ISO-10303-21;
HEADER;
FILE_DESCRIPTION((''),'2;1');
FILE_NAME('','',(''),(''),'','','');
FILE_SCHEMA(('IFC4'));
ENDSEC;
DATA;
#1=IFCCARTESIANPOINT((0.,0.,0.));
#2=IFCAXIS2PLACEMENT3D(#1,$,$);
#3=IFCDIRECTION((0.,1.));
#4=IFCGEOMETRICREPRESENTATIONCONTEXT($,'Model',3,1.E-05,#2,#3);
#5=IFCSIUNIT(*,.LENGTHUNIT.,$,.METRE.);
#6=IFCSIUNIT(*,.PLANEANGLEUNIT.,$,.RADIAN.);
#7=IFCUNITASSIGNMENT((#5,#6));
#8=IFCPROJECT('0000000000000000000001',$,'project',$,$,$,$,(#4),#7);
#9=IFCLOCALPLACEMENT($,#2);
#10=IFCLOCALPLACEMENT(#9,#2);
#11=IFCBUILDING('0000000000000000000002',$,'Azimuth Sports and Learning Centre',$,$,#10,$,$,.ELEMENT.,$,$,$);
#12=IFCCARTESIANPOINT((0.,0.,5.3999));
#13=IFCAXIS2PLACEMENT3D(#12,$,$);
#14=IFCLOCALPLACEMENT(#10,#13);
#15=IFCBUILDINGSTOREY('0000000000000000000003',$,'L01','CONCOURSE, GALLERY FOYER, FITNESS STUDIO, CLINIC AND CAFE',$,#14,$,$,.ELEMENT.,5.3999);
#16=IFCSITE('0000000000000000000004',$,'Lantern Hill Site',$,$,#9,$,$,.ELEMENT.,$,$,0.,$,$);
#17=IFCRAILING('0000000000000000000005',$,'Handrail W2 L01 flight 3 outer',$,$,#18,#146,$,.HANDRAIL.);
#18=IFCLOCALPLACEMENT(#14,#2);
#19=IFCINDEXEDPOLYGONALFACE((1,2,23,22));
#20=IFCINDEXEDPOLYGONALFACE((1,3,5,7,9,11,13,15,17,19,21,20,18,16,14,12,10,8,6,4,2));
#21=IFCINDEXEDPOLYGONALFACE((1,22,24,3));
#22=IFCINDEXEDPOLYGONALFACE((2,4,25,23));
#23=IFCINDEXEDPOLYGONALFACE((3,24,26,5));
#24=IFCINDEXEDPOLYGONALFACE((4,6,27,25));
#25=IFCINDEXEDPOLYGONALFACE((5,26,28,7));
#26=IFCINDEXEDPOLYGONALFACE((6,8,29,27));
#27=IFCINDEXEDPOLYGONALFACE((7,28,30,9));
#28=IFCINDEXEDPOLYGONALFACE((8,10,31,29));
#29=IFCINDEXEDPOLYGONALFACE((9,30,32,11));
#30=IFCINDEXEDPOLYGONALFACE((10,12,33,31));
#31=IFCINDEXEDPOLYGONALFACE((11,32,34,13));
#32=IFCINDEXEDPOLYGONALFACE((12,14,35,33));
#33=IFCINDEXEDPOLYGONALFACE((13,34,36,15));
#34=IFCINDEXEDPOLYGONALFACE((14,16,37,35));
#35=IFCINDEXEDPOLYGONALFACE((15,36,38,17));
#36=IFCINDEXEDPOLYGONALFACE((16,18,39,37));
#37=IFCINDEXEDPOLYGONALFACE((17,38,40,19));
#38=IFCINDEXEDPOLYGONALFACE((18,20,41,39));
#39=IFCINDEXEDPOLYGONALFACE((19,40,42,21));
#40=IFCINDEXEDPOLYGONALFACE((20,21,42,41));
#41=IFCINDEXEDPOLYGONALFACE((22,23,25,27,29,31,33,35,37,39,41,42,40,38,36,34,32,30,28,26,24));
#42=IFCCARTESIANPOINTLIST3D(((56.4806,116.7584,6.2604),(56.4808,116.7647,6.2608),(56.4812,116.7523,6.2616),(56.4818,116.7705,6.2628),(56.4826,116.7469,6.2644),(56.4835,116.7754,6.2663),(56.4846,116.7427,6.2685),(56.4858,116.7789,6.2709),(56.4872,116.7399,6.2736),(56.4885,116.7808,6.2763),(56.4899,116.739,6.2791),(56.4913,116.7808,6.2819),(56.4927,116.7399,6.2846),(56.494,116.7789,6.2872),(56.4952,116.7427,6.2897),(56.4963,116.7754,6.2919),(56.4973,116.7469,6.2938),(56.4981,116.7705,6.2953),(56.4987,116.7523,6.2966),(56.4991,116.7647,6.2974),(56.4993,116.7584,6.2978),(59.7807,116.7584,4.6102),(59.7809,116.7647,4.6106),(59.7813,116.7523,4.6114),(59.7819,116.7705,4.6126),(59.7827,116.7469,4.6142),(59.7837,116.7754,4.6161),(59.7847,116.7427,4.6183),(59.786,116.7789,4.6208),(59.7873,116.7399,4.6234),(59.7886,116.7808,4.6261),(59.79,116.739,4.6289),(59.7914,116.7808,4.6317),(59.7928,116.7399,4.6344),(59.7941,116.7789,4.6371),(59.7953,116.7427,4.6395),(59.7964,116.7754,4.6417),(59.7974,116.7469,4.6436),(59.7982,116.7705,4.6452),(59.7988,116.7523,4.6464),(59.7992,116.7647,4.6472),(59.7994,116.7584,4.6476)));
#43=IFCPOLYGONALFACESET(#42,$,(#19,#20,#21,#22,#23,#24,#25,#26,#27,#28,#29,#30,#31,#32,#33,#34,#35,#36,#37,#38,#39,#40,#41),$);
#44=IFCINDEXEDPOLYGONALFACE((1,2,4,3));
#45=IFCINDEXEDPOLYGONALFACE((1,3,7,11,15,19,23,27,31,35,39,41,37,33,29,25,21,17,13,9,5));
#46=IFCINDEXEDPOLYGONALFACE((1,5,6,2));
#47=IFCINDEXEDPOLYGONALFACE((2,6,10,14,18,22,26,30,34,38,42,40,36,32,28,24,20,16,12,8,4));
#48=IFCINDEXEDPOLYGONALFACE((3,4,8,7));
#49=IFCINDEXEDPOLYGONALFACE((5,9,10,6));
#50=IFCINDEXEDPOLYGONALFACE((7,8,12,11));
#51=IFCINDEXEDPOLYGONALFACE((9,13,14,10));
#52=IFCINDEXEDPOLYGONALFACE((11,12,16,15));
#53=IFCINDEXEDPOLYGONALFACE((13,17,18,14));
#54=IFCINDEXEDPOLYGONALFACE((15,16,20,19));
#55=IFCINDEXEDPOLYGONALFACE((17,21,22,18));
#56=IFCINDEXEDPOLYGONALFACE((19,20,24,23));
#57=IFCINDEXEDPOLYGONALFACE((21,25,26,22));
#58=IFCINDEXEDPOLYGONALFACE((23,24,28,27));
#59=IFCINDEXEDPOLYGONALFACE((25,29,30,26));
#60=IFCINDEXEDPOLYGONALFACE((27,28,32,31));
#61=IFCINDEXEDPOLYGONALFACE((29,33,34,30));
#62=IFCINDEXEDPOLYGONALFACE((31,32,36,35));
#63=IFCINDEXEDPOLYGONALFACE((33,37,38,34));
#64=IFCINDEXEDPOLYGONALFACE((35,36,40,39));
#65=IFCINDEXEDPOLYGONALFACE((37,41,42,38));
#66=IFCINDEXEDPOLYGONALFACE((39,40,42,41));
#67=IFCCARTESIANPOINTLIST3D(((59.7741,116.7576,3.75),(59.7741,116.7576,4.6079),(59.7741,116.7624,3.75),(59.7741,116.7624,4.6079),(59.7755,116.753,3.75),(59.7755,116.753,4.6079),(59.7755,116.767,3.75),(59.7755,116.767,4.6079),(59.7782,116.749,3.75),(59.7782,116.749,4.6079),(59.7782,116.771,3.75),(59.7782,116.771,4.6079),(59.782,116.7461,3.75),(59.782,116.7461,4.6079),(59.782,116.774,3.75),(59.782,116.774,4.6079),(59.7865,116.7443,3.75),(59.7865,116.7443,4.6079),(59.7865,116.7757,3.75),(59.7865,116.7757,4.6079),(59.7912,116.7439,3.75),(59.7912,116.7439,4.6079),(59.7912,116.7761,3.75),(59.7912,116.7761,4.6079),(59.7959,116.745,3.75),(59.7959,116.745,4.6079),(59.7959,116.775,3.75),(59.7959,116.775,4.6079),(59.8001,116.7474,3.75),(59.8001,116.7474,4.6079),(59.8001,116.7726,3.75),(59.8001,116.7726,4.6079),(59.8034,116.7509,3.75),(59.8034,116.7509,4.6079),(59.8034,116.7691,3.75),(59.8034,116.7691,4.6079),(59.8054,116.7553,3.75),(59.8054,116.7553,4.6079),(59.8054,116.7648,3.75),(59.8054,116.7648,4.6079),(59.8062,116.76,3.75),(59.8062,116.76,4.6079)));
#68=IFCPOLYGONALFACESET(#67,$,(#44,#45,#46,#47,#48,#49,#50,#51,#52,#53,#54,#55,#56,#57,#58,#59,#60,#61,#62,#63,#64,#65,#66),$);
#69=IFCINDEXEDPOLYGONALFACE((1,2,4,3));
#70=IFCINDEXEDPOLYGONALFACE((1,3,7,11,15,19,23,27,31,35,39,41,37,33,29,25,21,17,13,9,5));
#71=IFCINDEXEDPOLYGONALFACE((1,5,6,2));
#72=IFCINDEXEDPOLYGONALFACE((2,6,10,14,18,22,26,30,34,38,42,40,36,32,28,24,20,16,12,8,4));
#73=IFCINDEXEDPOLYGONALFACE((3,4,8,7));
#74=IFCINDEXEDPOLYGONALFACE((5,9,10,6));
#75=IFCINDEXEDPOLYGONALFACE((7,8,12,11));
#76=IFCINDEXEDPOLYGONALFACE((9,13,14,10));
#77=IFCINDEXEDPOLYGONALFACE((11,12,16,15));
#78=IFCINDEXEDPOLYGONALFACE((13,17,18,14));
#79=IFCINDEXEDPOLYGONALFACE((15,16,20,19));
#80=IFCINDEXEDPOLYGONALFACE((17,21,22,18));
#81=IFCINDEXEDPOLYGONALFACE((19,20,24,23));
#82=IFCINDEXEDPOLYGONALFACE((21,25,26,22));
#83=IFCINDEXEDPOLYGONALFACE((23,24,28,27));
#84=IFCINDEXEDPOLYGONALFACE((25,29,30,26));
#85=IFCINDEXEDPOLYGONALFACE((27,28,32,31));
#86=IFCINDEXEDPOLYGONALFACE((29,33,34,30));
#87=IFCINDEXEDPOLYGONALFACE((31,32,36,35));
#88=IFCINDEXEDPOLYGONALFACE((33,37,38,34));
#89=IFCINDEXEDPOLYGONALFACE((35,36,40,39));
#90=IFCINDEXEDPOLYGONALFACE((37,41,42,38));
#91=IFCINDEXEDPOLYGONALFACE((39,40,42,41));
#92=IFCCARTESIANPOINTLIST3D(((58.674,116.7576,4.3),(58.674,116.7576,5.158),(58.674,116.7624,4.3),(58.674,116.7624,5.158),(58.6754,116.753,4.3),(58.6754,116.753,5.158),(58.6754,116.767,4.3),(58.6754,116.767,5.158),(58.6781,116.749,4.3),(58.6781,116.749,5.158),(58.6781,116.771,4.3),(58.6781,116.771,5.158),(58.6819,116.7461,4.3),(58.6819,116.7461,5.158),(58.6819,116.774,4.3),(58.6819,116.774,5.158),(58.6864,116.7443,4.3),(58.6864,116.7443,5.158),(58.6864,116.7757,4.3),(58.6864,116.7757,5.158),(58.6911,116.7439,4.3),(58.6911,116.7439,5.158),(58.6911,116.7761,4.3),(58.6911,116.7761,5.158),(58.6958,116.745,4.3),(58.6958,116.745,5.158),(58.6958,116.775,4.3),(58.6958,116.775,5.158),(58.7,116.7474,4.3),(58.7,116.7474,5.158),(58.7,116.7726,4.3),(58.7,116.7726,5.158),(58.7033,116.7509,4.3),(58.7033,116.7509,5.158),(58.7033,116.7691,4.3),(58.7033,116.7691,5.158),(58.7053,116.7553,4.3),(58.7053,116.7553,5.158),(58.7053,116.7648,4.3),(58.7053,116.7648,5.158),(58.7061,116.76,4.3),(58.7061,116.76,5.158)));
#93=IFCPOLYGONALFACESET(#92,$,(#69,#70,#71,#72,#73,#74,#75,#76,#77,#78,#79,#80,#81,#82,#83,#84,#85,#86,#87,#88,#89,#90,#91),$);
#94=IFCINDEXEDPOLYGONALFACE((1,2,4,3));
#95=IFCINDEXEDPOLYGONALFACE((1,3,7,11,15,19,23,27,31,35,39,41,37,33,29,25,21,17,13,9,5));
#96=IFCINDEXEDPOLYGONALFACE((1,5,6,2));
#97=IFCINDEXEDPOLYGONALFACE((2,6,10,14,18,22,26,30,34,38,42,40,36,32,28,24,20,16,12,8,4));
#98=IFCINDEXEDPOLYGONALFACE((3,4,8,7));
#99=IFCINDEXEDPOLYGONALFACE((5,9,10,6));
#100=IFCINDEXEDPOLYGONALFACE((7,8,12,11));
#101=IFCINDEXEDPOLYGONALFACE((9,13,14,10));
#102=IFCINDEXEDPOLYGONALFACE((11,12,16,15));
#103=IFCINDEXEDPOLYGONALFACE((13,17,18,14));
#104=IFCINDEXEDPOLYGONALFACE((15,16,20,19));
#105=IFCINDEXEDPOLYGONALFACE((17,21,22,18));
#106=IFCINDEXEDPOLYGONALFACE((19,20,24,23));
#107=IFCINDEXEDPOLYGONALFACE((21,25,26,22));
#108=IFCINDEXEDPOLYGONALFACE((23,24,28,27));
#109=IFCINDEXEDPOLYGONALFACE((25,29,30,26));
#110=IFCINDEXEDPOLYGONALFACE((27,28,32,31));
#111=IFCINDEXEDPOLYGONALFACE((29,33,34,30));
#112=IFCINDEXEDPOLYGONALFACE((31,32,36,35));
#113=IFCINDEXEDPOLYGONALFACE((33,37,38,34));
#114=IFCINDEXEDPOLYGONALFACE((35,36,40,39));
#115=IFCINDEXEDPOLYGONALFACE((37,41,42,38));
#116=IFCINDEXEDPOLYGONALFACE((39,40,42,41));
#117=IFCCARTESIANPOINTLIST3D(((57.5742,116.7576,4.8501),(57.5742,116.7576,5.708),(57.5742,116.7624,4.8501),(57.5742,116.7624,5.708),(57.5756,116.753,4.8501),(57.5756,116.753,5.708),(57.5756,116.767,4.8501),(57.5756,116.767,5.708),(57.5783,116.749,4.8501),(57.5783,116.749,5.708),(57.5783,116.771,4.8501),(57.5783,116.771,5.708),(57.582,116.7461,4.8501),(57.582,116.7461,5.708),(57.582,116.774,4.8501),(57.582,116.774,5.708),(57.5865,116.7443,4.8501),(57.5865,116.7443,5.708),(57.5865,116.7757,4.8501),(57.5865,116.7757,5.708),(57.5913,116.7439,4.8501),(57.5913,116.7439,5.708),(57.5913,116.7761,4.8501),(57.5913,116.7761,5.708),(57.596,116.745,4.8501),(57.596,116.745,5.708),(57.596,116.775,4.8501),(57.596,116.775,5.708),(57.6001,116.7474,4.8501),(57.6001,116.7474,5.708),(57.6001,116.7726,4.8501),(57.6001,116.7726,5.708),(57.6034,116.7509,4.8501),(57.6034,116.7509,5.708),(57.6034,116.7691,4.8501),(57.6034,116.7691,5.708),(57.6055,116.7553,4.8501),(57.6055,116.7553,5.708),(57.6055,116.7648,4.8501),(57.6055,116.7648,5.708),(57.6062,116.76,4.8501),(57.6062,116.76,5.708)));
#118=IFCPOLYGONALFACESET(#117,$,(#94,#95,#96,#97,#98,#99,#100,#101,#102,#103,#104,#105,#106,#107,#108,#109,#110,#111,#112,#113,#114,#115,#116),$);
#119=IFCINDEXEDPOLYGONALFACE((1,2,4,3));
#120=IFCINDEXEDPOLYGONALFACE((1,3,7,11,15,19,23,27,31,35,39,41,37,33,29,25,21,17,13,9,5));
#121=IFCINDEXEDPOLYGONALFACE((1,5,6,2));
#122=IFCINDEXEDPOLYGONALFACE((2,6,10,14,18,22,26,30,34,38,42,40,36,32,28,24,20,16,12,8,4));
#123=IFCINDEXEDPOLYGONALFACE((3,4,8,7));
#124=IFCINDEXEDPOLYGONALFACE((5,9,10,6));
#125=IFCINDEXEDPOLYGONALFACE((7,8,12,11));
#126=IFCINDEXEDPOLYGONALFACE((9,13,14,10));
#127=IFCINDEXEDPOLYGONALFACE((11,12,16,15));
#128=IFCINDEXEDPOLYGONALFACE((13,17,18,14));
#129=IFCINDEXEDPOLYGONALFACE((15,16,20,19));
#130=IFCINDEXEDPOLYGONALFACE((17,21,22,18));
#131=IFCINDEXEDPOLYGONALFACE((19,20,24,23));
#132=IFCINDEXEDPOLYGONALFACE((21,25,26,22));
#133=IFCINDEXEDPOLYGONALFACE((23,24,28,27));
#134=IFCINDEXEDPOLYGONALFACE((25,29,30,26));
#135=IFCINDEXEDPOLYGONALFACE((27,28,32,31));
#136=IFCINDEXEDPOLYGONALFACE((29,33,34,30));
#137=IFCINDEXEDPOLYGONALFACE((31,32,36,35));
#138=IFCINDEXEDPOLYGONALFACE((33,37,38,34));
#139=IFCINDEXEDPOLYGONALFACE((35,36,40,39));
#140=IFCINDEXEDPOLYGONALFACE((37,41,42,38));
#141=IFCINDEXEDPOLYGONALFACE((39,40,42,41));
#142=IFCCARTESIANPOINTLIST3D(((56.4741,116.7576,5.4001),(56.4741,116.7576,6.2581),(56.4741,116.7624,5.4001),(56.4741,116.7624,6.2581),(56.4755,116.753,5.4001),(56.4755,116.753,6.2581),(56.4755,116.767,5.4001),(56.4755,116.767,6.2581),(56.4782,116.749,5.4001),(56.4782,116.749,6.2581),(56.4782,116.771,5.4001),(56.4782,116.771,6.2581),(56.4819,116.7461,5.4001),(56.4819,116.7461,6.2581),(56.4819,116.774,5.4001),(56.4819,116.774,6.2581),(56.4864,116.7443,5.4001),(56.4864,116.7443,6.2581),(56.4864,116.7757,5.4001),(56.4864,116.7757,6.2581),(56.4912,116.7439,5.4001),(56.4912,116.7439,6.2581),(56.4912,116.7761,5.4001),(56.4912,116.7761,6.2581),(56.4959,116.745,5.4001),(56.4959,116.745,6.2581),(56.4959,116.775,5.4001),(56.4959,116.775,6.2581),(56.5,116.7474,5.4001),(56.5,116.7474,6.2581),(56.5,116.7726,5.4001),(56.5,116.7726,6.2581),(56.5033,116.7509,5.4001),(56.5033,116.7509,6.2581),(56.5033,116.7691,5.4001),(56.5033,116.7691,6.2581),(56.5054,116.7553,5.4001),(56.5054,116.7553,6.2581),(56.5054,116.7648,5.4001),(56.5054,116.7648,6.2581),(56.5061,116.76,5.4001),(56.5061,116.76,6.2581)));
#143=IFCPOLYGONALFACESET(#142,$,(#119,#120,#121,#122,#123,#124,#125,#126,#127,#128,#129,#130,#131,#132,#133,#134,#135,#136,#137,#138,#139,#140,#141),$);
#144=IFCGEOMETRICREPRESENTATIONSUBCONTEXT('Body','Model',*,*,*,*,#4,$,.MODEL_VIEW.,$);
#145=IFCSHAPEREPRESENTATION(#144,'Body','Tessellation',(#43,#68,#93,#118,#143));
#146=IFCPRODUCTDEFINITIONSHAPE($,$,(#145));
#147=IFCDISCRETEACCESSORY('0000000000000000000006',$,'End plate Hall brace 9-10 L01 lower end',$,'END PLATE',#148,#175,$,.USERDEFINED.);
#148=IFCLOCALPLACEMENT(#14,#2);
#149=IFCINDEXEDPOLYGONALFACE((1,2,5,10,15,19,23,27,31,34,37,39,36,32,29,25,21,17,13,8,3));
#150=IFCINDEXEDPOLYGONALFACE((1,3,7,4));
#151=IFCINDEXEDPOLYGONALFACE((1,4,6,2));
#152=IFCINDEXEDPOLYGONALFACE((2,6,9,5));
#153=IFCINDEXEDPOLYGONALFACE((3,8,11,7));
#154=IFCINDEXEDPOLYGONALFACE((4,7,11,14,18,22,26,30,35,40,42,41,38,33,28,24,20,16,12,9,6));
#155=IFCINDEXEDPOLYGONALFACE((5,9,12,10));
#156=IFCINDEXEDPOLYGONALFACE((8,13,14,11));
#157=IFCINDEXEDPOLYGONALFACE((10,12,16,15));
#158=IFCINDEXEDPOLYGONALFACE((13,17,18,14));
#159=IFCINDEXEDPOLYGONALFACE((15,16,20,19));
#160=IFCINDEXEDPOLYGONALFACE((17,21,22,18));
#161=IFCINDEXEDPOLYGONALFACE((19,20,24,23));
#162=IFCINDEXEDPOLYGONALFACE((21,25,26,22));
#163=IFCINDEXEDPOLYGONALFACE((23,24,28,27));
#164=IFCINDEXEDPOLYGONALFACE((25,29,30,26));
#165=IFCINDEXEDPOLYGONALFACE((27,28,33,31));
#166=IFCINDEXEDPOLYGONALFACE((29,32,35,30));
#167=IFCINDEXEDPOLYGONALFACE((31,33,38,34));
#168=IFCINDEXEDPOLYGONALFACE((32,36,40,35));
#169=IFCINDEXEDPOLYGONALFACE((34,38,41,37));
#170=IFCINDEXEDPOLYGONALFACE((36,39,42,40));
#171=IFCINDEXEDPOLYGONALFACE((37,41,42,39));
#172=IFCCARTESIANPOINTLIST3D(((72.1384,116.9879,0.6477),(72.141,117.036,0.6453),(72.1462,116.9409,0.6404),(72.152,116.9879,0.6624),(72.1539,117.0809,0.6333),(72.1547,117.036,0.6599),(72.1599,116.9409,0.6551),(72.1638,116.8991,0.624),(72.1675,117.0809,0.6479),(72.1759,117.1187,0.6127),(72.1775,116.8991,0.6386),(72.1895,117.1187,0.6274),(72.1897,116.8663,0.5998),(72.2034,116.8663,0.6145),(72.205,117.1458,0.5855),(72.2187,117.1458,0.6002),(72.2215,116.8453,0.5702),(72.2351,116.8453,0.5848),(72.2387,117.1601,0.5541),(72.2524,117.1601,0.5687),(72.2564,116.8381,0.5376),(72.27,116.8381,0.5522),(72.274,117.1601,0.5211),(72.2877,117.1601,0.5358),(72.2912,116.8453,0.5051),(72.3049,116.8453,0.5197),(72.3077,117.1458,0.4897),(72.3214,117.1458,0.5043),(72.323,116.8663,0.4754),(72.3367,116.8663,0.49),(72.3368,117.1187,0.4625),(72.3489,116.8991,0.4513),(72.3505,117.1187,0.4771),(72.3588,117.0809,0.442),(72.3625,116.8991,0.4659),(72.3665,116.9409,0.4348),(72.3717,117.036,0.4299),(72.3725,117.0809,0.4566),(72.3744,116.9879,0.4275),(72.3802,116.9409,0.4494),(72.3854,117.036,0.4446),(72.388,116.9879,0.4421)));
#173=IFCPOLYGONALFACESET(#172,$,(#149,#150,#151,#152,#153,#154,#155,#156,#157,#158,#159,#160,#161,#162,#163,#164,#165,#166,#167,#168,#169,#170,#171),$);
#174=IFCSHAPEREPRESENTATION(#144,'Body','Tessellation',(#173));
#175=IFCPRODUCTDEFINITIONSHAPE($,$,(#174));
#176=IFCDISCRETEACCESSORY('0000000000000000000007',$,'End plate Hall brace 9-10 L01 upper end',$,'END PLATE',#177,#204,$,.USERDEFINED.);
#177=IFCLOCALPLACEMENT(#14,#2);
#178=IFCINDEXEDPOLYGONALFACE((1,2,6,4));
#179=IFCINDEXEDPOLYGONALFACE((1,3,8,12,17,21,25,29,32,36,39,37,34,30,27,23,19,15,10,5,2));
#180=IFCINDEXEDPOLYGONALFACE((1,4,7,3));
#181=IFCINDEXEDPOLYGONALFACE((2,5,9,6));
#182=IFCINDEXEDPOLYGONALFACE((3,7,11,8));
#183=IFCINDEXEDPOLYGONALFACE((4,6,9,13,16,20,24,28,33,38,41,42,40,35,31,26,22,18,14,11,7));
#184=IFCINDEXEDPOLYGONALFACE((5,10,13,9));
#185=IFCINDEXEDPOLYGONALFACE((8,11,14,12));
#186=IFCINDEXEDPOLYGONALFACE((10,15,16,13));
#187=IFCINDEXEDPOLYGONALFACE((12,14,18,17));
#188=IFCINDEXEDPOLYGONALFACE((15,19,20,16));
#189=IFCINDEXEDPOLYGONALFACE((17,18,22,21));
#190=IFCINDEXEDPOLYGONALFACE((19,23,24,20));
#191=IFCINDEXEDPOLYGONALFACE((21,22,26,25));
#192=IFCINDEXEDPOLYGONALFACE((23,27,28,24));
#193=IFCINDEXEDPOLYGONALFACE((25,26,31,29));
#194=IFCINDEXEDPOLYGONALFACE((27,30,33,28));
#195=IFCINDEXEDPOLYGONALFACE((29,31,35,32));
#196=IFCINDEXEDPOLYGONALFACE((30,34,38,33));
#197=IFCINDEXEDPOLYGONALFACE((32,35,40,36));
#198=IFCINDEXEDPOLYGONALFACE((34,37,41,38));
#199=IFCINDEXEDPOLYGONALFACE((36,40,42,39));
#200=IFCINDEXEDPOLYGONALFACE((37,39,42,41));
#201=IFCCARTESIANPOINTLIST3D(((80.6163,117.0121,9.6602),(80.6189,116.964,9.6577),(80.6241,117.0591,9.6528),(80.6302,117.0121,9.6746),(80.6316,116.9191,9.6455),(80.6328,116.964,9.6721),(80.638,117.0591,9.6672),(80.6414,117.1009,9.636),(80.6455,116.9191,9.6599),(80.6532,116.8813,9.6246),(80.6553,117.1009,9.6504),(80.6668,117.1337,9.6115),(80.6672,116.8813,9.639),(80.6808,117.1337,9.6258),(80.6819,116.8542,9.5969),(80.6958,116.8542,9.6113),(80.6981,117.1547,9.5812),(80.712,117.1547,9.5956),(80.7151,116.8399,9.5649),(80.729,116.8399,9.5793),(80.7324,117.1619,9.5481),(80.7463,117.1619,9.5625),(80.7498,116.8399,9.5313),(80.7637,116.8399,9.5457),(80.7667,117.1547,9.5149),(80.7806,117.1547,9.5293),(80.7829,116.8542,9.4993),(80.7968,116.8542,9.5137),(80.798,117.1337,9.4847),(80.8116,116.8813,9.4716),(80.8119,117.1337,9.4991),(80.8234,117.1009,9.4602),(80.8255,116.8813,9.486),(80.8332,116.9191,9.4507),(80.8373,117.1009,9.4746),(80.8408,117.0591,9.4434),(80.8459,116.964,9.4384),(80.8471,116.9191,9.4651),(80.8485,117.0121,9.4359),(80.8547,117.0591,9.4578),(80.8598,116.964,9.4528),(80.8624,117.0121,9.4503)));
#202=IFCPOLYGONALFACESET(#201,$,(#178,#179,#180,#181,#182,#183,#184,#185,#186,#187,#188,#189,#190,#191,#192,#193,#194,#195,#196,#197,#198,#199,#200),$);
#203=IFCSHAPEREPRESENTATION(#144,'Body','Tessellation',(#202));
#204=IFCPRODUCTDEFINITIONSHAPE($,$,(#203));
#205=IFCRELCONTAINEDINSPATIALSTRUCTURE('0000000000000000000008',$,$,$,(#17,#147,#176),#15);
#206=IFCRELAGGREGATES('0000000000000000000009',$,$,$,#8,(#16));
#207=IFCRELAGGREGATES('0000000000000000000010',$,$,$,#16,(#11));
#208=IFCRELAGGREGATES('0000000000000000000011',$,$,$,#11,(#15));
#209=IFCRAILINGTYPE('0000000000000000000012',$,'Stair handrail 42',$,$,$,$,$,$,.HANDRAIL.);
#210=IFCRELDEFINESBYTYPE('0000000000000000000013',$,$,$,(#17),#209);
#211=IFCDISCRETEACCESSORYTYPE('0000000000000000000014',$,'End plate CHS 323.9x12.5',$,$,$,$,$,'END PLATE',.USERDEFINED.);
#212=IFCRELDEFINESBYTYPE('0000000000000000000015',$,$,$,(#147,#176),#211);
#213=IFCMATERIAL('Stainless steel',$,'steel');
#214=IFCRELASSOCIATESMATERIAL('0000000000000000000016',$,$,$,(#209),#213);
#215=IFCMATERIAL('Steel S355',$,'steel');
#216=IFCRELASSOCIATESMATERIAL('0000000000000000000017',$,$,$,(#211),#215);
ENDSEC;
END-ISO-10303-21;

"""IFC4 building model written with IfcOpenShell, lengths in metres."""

from ifc_helpers import new_model, si_unit, direction, frame, origin, origin_2d, place, context, subcontext, project, spatial, circle, extrude, material, material_profile, profile_set, type_object, element, save


model = new_model("IFC4")

# Units and contexts
model_context = context("Model", 3, precision=1e-05, world=origin(), true_north=direction((0.0, 1.0)))
body_context = subcontext(model_context, "Body", "Model", "MODEL_VIEW")
ifc_project = project(units=[si_unit("LENGTHUNIT", "METRE"), si_unit("PLANEANGLEUNIT", "RADIAN")], contexts=[model_context])

# Site, building, storey
site_placement = place(None, origin())
site = spatial("IfcSite", under=ifc_project, at=site_placement, Name="Lantern Hill Site", CompositionType="ELEMENT", RefElevation=0.0)
building_placement = place(site_placement, origin())
building = spatial("IfcBuilding", under=site, at=building_placement, Name="Azimuth Sports and Learning Centre", CompositionType="ELEMENT")
storey_placement = place(building_placement, frame((0.0, 0.0, 5.3999)))
storey = spatial("IfcBuildingStorey", under=building, at=storey_placement, Name="L01", Description="CONCOURSE, GALLERY FOYER, FITNESS STUDIO, CLINIC AND CAFE", CompositionType="ELEMENT", Elevation=5.3999)

# Railing
ifc_material_1 = material(Name="Stainless steel", Category="steel")
railing_type_1 = type_object("IfcRailingType", Name="Stair handrail 42", PredefinedType="HANDRAIL", material=ifc_material_1)
for number, where, name in (
    (1, (59.79, 116.76, 3.75), "Handrail W2 L01 flight 3 outer"),
):
    element("IfcRailing", number, at=place(storey_placement, frame(where)), inside=storey, type_object=railing_type_1, Name=name, PredefinedType="HANDRAIL", context=body_context, shape_type="SweptSolid", body=[
        extrude(circle(Radius=0.021, at=origin_2d()), frame((0.0, 0.0, 0.8789), z_axis=(-0.894414, 0.0, 0.44724), x_axis=(0.0, -1.0, 0.0)), (0.0, 0.0, 1.0), 3.6897),
        extrude(circle(Radius=0.0161, at=origin_2d()), origin(), (0.0, 0.0, 1.0), 0.8579),
        extrude(circle(Radius=0.0161, at=origin_2d()), frame((-1.1001, 0.0, 0.55)), (0.0, 0.0, 1.0), 0.8579),
        extrude(circle(Radius=0.0161, at=origin_2d()), frame((-2.2, 0.0, 1.1001)), (0.0, 0.0, 1.0), 0.8579),
        extrude(circle(Radius=0.0161, at=origin_2d()), frame((-3.3, 0.0, 1.6501)), (0.0, 0.0, 1.0), 0.8579),
    ])

# Discrete accessories
ifc_material_2 = material(Name="Steel S355", Category="steel")
ifc_material_profile_1 = material_profile(ifc_material_2, circle(Radius=0.1619, at=origin_2d()), Name="PL 324 DISC")
ifc_profile_set_1 = profile_set([ifc_material_profile_1], Name="Steel S355")
discrete_accessory_type = type_object("IfcDiscreteAccessoryType", Name="End plate CHS 323.9x12.5", ElementType="END PLATE", PredefinedType="USERDEFINED", material=ifc_profile_set_1)
for number, where, z_axis, x_axis, name in (
    (2, (72.27, 117.0, 0.5522), (-0.682318, 0.0, -0.731055), (0.0, -1.0, 0.0), "End plate Hall brace 9-10 L01 lower end"),
    (3, (80.7324, 117.0, 9.5481), (0.694812, 0.0, 0.719191), (0.0, 1.0, 0.0), "End plate Hall brace 9-10 L01 upper end"),
):
    element("IfcDiscreteAccessory", number, at=place(storey_placement, frame(where, z_axis=z_axis, x_axis=x_axis)), inside=storey, type_object=discrete_accessory_type, Name=name, ObjectType="END PLATE", PredefinedType="USERDEFINED", context=body_context, shape_type="SweptSolid", body=[
        extrude(circle(Radius=0.1619, at=origin_2d()), origin(), (0.0, 0.0, 1.0), 0.02),
    ])

save(model, "model.ifc")
